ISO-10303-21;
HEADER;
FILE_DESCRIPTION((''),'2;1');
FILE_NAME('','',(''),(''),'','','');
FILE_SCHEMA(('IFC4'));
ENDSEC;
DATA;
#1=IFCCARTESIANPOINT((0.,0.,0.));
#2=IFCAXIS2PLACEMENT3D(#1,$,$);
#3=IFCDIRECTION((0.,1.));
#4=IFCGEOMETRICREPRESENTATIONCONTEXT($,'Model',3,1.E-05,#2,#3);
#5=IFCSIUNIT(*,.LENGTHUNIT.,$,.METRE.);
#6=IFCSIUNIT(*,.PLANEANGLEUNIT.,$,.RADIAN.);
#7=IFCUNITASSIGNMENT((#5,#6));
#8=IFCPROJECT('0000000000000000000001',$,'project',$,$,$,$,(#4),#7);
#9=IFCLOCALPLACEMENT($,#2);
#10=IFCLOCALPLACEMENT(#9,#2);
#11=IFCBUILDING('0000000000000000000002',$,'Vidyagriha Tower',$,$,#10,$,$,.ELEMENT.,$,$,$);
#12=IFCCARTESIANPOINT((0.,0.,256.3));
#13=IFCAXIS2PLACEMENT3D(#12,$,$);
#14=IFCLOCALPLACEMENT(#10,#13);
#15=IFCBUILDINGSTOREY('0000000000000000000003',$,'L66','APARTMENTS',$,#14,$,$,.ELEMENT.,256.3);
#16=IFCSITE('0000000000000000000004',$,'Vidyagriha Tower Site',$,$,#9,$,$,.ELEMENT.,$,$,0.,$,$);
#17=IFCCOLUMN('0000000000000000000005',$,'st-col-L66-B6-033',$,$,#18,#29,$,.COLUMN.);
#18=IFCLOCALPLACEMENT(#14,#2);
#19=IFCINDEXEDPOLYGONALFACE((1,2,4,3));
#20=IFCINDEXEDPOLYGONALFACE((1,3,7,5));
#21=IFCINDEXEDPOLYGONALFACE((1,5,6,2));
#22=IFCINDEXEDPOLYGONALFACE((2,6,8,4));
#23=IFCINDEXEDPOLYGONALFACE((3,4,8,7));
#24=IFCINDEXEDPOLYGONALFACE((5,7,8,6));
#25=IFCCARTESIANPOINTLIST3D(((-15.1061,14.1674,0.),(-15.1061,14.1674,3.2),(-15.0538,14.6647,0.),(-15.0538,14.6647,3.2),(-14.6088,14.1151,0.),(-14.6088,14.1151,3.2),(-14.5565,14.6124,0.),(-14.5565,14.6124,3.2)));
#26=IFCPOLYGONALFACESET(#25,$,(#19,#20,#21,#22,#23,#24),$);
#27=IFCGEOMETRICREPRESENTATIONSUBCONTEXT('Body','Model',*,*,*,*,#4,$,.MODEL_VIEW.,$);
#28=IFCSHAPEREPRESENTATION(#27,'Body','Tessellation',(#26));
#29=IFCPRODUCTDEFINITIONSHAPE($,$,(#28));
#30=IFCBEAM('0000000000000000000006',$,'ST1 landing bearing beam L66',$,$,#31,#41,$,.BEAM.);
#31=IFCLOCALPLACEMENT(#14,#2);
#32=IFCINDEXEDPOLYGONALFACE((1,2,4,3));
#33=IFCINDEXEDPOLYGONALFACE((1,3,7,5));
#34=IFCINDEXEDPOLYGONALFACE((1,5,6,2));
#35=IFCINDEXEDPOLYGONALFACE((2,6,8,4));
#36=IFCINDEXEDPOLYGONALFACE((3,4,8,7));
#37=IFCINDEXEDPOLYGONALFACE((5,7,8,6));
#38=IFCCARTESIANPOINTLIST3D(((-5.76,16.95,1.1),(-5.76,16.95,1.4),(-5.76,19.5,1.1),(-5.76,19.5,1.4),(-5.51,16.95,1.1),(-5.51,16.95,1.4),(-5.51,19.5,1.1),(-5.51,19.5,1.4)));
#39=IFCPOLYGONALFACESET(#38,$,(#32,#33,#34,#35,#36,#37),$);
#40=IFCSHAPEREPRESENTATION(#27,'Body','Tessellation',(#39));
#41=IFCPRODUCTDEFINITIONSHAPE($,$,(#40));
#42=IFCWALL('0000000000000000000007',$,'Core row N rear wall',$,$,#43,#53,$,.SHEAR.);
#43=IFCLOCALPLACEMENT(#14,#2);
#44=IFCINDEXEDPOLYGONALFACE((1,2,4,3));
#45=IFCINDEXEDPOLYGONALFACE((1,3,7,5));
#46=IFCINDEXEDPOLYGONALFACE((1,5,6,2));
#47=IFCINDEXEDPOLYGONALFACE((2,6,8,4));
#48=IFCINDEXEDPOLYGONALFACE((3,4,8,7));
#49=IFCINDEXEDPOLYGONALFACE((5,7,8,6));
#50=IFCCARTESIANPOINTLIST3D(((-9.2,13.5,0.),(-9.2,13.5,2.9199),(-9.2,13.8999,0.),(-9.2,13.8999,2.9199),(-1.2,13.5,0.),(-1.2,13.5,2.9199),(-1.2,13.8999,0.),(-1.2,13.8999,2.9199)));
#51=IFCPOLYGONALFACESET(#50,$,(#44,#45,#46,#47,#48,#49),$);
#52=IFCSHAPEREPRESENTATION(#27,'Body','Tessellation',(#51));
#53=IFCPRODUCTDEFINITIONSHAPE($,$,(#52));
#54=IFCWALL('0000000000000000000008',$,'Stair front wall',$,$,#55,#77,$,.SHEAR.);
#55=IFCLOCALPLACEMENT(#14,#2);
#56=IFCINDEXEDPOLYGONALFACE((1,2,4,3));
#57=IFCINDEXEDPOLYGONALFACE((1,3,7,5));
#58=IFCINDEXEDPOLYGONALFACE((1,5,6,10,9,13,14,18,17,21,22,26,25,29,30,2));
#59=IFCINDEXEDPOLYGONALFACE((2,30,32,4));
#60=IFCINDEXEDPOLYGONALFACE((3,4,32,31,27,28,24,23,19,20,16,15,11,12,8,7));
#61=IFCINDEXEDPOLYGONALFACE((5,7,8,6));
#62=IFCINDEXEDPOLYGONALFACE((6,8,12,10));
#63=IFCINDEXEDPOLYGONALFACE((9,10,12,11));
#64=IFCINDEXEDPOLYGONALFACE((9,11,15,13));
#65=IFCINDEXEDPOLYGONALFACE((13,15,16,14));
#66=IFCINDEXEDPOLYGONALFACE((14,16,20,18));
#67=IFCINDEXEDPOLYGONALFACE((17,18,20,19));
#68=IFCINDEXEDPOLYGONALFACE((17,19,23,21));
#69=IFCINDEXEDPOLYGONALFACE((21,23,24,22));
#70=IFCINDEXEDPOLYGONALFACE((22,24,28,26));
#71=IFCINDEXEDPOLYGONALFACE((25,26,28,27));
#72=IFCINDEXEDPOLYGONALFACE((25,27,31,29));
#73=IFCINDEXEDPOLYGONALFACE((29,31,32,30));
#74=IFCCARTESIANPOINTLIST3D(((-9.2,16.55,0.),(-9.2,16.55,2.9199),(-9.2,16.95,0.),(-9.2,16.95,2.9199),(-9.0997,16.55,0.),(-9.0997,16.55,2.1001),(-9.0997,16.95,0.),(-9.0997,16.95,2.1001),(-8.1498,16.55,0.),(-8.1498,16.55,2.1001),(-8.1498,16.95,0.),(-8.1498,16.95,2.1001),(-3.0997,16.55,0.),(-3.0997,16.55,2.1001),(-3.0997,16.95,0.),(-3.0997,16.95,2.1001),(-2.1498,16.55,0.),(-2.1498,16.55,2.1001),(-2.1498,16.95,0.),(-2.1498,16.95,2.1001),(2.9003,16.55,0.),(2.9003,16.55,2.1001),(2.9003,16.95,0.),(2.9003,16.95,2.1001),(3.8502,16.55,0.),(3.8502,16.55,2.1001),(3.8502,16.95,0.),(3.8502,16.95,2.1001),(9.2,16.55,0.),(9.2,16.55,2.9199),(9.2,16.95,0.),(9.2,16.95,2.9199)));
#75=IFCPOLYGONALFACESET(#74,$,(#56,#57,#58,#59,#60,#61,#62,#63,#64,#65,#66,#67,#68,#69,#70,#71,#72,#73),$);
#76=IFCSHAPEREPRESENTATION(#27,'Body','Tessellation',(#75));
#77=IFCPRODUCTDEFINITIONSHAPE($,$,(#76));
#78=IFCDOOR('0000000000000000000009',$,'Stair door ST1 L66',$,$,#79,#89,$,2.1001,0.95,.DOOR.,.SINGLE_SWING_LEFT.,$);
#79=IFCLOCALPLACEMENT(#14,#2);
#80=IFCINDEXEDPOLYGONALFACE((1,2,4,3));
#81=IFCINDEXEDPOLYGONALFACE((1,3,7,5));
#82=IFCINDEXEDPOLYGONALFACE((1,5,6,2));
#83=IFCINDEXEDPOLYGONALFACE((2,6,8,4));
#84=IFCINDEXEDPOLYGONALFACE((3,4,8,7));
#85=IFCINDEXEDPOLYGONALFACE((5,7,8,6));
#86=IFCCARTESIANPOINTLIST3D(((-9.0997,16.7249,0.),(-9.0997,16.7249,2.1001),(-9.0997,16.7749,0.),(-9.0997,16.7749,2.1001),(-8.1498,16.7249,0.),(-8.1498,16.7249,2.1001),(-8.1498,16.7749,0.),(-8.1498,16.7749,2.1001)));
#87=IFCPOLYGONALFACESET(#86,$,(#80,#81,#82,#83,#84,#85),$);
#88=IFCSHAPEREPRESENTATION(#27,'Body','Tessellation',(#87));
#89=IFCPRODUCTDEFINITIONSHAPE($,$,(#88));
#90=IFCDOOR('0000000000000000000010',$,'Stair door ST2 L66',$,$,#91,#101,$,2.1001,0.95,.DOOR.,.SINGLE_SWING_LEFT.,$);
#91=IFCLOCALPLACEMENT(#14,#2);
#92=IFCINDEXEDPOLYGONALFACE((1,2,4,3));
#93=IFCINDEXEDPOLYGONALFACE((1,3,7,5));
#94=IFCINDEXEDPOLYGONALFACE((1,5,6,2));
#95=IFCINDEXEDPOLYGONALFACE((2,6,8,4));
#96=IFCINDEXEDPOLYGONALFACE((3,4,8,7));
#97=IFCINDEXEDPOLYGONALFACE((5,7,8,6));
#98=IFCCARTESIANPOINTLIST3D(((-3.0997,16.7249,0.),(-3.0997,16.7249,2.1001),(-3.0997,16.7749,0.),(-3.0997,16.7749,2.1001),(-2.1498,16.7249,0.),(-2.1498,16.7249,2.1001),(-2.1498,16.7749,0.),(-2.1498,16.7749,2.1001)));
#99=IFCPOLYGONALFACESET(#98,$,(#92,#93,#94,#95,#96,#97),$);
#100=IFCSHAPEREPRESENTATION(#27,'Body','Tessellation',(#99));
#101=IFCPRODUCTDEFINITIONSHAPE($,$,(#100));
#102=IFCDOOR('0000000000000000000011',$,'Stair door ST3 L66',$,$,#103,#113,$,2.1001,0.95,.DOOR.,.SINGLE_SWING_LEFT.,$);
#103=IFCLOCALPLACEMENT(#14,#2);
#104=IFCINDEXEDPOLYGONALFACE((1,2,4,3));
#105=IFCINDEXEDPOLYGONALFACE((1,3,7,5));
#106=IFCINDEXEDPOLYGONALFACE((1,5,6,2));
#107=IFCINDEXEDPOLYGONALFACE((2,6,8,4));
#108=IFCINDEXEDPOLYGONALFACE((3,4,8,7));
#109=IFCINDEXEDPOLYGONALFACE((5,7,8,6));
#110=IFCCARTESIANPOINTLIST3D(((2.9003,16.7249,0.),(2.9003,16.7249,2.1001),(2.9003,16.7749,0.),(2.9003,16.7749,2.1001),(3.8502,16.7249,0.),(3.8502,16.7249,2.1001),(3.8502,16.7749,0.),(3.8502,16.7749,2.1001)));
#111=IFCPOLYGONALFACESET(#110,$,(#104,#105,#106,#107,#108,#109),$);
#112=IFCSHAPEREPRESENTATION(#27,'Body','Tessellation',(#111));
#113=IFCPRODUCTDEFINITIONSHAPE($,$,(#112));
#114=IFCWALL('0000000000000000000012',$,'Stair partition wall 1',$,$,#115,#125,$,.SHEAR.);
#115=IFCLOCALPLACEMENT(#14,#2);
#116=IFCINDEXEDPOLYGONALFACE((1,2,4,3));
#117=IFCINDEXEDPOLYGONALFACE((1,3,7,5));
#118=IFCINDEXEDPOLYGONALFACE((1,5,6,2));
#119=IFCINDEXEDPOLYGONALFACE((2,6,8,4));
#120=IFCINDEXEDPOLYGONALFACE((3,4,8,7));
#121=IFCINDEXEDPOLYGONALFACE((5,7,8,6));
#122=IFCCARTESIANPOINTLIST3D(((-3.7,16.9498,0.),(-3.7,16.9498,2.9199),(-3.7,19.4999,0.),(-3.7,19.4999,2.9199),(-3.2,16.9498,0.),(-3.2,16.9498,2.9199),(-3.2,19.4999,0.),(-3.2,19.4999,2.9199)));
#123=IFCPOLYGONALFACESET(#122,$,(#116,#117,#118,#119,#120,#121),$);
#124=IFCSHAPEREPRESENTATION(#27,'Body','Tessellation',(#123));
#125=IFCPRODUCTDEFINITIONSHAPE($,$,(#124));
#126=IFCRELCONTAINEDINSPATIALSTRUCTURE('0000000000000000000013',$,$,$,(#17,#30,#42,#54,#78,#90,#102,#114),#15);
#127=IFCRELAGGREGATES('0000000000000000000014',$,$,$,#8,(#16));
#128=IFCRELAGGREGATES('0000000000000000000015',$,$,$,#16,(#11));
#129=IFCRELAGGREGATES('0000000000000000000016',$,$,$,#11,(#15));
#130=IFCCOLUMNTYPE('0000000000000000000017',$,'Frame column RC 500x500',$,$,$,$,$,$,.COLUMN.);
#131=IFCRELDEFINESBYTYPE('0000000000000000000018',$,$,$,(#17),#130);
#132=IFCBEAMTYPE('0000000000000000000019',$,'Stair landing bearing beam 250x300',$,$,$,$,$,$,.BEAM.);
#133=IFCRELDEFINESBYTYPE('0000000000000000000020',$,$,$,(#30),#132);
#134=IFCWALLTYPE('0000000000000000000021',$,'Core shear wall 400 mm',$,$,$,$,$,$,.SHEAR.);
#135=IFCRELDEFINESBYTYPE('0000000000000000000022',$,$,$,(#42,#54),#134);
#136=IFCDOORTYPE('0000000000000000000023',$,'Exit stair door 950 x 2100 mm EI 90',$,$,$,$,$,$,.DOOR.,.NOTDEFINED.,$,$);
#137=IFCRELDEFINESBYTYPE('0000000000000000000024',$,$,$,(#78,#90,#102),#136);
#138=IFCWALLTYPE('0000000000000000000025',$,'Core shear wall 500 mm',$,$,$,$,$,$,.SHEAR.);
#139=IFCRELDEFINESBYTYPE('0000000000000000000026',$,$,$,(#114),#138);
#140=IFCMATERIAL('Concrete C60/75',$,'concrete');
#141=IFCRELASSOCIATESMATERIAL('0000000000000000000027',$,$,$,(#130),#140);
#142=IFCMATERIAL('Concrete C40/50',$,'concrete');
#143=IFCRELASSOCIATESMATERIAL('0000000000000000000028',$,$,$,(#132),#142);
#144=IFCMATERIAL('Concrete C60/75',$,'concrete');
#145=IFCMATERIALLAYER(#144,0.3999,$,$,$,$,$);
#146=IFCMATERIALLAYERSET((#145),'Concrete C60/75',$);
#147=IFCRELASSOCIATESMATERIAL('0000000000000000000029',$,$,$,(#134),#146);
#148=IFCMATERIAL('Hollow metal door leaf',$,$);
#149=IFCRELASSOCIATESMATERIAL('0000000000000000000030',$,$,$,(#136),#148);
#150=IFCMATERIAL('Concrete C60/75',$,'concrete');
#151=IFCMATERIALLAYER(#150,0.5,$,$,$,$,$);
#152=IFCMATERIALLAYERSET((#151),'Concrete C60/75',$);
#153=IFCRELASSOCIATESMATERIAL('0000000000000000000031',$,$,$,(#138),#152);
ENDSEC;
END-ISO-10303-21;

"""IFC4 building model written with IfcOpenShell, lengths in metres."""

from ifc_helpers import new_model, si_unit, direction, frame, frame_2d, origin, origin_2d, place, context, subcontext, project, spatial, rectangle, extrude, material, layer, layer_set, material_profile, profile_set, type_object, element, fill, save


model = new_model("IFC4")

# Units and contexts
model_context = context("Model", 3, precision=1e-05, world=origin(), true_north=direction((0.0, 1.0)))
body_context = subcontext(model_context, "Body", "Model", "MODEL_VIEW")
ifc_project = project(units=[si_unit("LENGTHUNIT", "METRE"), si_unit("PLANEANGLEUNIT", "RADIAN")], contexts=[model_context])

# Site, building, storey
site_placement = place(None, origin())
site = spatial("IfcSite", under=ifc_project, at=site_placement, Name="Vidyagriha Tower Site", CompositionType="ELEMENT", RefElevation=0.0)
building_placement = place(site_placement, origin())
building = spatial("IfcBuilding", under=site, at=building_placement, Name="Vidyagriha Tower", CompositionType="ELEMENT")
storey_placement = place(building_placement, frame((0.0, 0.0, 256.3)))
storey = spatial("IfcBuildingStorey", under=building, at=storey_placement, Name="L66", Description="APARTMENTS", CompositionType="ELEMENT", Elevation=256.3)

# Column
ifc_material_1 = material(Name="Concrete C60/75", Category="concrete")
ifc_material_profile_1 = material_profile(ifc_material_1, rectangle(XDim=0.5, YDim=0.5, at=origin_2d()), Name="RC 500x500")
ifc_profile_set_1 = profile_set([ifc_material_profile_1], Name="Concrete C60/75")
column_type = type_object("IfcColumnType", Name="Frame column RC 500x500", PredefinedType="COLUMN", material=ifc_profile_set_1)
column_placement = place(storey_placement, frame((-14.8313, 14.3899, 0.0), z_axis=(0.0, 0.0, 1.0), x_axis=(0.994522, -0.104528, 0.0)))
element("IfcColumn", 1, at=column_placement, inside=storey, type_object=column_type, Name="st-col-L66-B6-033", PredefinedType="COLUMN", context=body_context, shape_type="SweptSolid", body=[
    extrude(rectangle(XDim=0.5, YDim=0.5, at=origin_2d()), origin(), (0.0, 0.0, 1.0), 3.2),
])

# Beam
ifc_material_2 = material(Name="Concrete C40/50", Category="concrete")
ifc_material_profile_2 = material_profile(ifc_material_2, rectangle(XDim=0.25, YDim=0.3, at=origin_2d()), Name="Stair landing bearing beam 250x300")
ifc_profile_set_2 = profile_set([ifc_material_profile_2], Name="Concrete C40/50")
beam_type = type_object("IfcBeamType", Name="Stair landing bearing beam 250x300", PredefinedType="BEAM", material=ifc_profile_set_2)
beam_placement = place(storey_placement, frame((-5.635, 16.95, 1.25), z_axis=(0.0, 1.0, 0.0), x_axis=(-1.0, 0.0, 0.0)))
element("IfcBeam", 2, at=beam_placement, inside=storey, type_object=beam_type, Name="ST1 landing bearing beam L66", PredefinedType="BEAM", context=body_context, shape_type="SweptSolid", body=[
    extrude(rectangle(XDim=0.25, YDim=0.3, at=origin_2d()), origin(), (0.0, 0.0, 1.0), 2.55),
])

# Wall
ifc_material_3 = material(Name="Concrete C60/75", Category="concrete")
ifc_layer_1 = layer(ifc_material_3, 0.3999)
ifc_layer_set_1 = layer_set([ifc_layer_1], Name="Concrete C60/75")
wall_type_1 = type_object("IfcWallType", Name="Core shear wall 400 mm", PredefinedType="SHEAR", material=ifc_layer_set_1)
wall_1_placement = place(storey_placement, frame((-9.2, 13.7, 0.0)))
element("IfcWall", 3, at=wall_1_placement, inside=storey, type_object=wall_type_1, Name="Core row N rear wall", PredefinedType="SHEAR", context=body_context, shape_type="SweptSolid", body=[
    extrude(rectangle(XDim=8.0, YDim=0.3999, at=frame_2d((4.0, 0.0))), origin(), (0.0, 0.0, 1.0), 2.9199),
])

# Wall, openings, doors
wall_2_placement = place(storey_placement, frame((-9.2, 16.75, 0.0)))
wall_2 = element("IfcWall", 4, at=wall_2_placement, inside=storey, type_object=wall_type_1, Name="Stair front wall", PredefinedType="SHEAR", context=body_context, shape_type="SweptSolid", body=[
    extrude(rectangle(XDim=18.3999, YDim=0.3999, at=frame_2d((9.2, 0.0))), origin(), (0.0, 0.0, 1.0), 2.9199),
])
opening_1_placement = place(wall_2_placement, frame((0.1001, 0.0, 0.0)))
opening_1 = element("IfcOpeningElement", 5, at=opening_1_placement, cuts=wall_2, PredefinedType="OPENING", context=body_context, shape_type="SweptSolid", body=[
    extrude(rectangle(XDim=0.95, YDim=2.1001, at=frame_2d((0.4751, 1.05))), frame((0.0, 0.21, 0.0), z_axis=(0.0, -1.0, 0.0), x_axis=(1.0, 0.0, 0.0)), (0.0, 0.0, 1.0), 0.4199),
])
opening_2_placement = place(wall_2_placement, frame((6.1001, 0.0, 0.0)))
opening_2 = element("IfcOpeningElement", 6, at=opening_2_placement, cuts=wall_2, PredefinedType="OPENING", context=body_context, shape_type="SweptSolid", body=[
    extrude(rectangle(XDim=0.95, YDim=2.1001, at=frame_2d((0.4751, 1.05))), frame((0.0, 0.21, 0.0), z_axis=(0.0, -1.0, 0.0), x_axis=(1.0, 0.0, 0.0)), (0.0, 0.0, 1.0), 0.4199),
])
opening_3_placement = place(wall_2_placement, frame((12.1001, 0.0, 0.0)))
opening_3 = element("IfcOpeningElement", 7, at=opening_3_placement, cuts=wall_2, PredefinedType="OPENING", context=body_context, shape_type="SweptSolid", body=[
    extrude(rectangle(XDim=0.95, YDim=2.1001, at=frame_2d((0.4751, 1.05))), frame((0.0, 0.21, 0.0), z_axis=(0.0, -1.0, 0.0), x_axis=(1.0, 0.0, 0.0)), (0.0, 0.0, 1.0), 0.4199),
])
ifc_material_4 = material(Name="Hollow metal door leaf")
door_type_1 = type_object("IfcDoorType", Name="Exit stair door 950 x 2100 mm EI 90", OperationType="NOTDEFINED", PredefinedType="DOOR", material=ifc_material_4)
door_1_placement = place(opening_1_placement, origin())
door_1 = element("IfcDoor", 8, at=door_1_placement, inside=storey, type_object=door_type_1, Name="Stair door ST1 L66", OperationType="SINGLE_SWING_LEFT", OverallHeight=2.1001, OverallWidth=0.95, PredefinedType="DOOR", context=body_context, shape_type="SweptSolid", body=[
    extrude(rectangle(XDim=0.95, YDim=2.1001, at=frame_2d((0.4751, 1.05))), frame((0.0, 0.0249, 0.0), z_axis=(0.0, -1.0, 0.0), x_axis=(1.0, 0.0, 0.0)), (0.0, 0.0, 1.0), 0.05),
])
fill(opening_1, door_1)
door_2_placement = place(opening_2_placement, origin())
door_2 = element("IfcDoor", 9, at=door_2_placement, inside=storey, type_object=door_type_1, Name="Stair door ST2 L66", OperationType="SINGLE_SWING_LEFT", OverallHeight=2.1001, OverallWidth=0.95, PredefinedType="DOOR", context=body_context, shape_type="SweptSolid", body=[
    extrude(rectangle(XDim=0.95, YDim=2.1001, at=frame_2d((0.4751, 1.05))), frame((0.0, 0.0249, 0.0), z_axis=(0.0, -1.0, 0.0), x_axis=(1.0, 0.0, 0.0)), (0.0, 0.0, 1.0), 0.05),
])
fill(opening_2, door_2)
door_3_placement = place(opening_3_placement, origin())
door_3 = element("IfcDoor", 10, at=door_3_placement, inside=storey, type_object=door_type_1, Name="Stair door ST3 L66", OperationType="SINGLE_SWING_LEFT", OverallHeight=2.1001, OverallWidth=0.95, PredefinedType="DOOR", context=body_context, shape_type="SweptSolid", body=[
    extrude(rectangle(XDim=0.95, YDim=2.1001, at=frame_2d((0.4751, 1.05))), frame((0.0, 0.0249, 0.0), z_axis=(0.0, -1.0, 0.0), x_axis=(1.0, 0.0, 0.0)), (0.0, 0.0, 1.0), 0.05),
])
fill(opening_3, door_3)

# Wall
ifc_material_5 = material(Name="Concrete C60/75", Category="concrete")
ifc_layer_2 = layer(ifc_material_5, 0.5)
ifc_layer_set_2 = layer_set([ifc_layer_2], Name="Concrete C60/75")
wall_type_2 = type_object("IfcWallType", Name="Core shear wall 500 mm", PredefinedType="SHEAR", material=ifc_layer_set_2)
wall_3_placement = place(storey_placement, frame((-3.45, 16.95, 0.0), z_axis=(0.0, 0.0, 1.0), x_axis=(0.0, 1.0, 0.0)))
element("IfcWall", 11, at=wall_3_placement, inside=storey, type_object=wall_type_2, Name="Stair partition wall 1", PredefinedType="SHEAR", context=body_context, shape_type="SweptSolid", body=[
    extrude(rectangle(XDim=2.55, YDim=0.5, at=frame_2d((1.2749, 0.0))), origin(), (0.0, 0.0, 1.0), 2.9199),
])

save(model, "model.ifc")
